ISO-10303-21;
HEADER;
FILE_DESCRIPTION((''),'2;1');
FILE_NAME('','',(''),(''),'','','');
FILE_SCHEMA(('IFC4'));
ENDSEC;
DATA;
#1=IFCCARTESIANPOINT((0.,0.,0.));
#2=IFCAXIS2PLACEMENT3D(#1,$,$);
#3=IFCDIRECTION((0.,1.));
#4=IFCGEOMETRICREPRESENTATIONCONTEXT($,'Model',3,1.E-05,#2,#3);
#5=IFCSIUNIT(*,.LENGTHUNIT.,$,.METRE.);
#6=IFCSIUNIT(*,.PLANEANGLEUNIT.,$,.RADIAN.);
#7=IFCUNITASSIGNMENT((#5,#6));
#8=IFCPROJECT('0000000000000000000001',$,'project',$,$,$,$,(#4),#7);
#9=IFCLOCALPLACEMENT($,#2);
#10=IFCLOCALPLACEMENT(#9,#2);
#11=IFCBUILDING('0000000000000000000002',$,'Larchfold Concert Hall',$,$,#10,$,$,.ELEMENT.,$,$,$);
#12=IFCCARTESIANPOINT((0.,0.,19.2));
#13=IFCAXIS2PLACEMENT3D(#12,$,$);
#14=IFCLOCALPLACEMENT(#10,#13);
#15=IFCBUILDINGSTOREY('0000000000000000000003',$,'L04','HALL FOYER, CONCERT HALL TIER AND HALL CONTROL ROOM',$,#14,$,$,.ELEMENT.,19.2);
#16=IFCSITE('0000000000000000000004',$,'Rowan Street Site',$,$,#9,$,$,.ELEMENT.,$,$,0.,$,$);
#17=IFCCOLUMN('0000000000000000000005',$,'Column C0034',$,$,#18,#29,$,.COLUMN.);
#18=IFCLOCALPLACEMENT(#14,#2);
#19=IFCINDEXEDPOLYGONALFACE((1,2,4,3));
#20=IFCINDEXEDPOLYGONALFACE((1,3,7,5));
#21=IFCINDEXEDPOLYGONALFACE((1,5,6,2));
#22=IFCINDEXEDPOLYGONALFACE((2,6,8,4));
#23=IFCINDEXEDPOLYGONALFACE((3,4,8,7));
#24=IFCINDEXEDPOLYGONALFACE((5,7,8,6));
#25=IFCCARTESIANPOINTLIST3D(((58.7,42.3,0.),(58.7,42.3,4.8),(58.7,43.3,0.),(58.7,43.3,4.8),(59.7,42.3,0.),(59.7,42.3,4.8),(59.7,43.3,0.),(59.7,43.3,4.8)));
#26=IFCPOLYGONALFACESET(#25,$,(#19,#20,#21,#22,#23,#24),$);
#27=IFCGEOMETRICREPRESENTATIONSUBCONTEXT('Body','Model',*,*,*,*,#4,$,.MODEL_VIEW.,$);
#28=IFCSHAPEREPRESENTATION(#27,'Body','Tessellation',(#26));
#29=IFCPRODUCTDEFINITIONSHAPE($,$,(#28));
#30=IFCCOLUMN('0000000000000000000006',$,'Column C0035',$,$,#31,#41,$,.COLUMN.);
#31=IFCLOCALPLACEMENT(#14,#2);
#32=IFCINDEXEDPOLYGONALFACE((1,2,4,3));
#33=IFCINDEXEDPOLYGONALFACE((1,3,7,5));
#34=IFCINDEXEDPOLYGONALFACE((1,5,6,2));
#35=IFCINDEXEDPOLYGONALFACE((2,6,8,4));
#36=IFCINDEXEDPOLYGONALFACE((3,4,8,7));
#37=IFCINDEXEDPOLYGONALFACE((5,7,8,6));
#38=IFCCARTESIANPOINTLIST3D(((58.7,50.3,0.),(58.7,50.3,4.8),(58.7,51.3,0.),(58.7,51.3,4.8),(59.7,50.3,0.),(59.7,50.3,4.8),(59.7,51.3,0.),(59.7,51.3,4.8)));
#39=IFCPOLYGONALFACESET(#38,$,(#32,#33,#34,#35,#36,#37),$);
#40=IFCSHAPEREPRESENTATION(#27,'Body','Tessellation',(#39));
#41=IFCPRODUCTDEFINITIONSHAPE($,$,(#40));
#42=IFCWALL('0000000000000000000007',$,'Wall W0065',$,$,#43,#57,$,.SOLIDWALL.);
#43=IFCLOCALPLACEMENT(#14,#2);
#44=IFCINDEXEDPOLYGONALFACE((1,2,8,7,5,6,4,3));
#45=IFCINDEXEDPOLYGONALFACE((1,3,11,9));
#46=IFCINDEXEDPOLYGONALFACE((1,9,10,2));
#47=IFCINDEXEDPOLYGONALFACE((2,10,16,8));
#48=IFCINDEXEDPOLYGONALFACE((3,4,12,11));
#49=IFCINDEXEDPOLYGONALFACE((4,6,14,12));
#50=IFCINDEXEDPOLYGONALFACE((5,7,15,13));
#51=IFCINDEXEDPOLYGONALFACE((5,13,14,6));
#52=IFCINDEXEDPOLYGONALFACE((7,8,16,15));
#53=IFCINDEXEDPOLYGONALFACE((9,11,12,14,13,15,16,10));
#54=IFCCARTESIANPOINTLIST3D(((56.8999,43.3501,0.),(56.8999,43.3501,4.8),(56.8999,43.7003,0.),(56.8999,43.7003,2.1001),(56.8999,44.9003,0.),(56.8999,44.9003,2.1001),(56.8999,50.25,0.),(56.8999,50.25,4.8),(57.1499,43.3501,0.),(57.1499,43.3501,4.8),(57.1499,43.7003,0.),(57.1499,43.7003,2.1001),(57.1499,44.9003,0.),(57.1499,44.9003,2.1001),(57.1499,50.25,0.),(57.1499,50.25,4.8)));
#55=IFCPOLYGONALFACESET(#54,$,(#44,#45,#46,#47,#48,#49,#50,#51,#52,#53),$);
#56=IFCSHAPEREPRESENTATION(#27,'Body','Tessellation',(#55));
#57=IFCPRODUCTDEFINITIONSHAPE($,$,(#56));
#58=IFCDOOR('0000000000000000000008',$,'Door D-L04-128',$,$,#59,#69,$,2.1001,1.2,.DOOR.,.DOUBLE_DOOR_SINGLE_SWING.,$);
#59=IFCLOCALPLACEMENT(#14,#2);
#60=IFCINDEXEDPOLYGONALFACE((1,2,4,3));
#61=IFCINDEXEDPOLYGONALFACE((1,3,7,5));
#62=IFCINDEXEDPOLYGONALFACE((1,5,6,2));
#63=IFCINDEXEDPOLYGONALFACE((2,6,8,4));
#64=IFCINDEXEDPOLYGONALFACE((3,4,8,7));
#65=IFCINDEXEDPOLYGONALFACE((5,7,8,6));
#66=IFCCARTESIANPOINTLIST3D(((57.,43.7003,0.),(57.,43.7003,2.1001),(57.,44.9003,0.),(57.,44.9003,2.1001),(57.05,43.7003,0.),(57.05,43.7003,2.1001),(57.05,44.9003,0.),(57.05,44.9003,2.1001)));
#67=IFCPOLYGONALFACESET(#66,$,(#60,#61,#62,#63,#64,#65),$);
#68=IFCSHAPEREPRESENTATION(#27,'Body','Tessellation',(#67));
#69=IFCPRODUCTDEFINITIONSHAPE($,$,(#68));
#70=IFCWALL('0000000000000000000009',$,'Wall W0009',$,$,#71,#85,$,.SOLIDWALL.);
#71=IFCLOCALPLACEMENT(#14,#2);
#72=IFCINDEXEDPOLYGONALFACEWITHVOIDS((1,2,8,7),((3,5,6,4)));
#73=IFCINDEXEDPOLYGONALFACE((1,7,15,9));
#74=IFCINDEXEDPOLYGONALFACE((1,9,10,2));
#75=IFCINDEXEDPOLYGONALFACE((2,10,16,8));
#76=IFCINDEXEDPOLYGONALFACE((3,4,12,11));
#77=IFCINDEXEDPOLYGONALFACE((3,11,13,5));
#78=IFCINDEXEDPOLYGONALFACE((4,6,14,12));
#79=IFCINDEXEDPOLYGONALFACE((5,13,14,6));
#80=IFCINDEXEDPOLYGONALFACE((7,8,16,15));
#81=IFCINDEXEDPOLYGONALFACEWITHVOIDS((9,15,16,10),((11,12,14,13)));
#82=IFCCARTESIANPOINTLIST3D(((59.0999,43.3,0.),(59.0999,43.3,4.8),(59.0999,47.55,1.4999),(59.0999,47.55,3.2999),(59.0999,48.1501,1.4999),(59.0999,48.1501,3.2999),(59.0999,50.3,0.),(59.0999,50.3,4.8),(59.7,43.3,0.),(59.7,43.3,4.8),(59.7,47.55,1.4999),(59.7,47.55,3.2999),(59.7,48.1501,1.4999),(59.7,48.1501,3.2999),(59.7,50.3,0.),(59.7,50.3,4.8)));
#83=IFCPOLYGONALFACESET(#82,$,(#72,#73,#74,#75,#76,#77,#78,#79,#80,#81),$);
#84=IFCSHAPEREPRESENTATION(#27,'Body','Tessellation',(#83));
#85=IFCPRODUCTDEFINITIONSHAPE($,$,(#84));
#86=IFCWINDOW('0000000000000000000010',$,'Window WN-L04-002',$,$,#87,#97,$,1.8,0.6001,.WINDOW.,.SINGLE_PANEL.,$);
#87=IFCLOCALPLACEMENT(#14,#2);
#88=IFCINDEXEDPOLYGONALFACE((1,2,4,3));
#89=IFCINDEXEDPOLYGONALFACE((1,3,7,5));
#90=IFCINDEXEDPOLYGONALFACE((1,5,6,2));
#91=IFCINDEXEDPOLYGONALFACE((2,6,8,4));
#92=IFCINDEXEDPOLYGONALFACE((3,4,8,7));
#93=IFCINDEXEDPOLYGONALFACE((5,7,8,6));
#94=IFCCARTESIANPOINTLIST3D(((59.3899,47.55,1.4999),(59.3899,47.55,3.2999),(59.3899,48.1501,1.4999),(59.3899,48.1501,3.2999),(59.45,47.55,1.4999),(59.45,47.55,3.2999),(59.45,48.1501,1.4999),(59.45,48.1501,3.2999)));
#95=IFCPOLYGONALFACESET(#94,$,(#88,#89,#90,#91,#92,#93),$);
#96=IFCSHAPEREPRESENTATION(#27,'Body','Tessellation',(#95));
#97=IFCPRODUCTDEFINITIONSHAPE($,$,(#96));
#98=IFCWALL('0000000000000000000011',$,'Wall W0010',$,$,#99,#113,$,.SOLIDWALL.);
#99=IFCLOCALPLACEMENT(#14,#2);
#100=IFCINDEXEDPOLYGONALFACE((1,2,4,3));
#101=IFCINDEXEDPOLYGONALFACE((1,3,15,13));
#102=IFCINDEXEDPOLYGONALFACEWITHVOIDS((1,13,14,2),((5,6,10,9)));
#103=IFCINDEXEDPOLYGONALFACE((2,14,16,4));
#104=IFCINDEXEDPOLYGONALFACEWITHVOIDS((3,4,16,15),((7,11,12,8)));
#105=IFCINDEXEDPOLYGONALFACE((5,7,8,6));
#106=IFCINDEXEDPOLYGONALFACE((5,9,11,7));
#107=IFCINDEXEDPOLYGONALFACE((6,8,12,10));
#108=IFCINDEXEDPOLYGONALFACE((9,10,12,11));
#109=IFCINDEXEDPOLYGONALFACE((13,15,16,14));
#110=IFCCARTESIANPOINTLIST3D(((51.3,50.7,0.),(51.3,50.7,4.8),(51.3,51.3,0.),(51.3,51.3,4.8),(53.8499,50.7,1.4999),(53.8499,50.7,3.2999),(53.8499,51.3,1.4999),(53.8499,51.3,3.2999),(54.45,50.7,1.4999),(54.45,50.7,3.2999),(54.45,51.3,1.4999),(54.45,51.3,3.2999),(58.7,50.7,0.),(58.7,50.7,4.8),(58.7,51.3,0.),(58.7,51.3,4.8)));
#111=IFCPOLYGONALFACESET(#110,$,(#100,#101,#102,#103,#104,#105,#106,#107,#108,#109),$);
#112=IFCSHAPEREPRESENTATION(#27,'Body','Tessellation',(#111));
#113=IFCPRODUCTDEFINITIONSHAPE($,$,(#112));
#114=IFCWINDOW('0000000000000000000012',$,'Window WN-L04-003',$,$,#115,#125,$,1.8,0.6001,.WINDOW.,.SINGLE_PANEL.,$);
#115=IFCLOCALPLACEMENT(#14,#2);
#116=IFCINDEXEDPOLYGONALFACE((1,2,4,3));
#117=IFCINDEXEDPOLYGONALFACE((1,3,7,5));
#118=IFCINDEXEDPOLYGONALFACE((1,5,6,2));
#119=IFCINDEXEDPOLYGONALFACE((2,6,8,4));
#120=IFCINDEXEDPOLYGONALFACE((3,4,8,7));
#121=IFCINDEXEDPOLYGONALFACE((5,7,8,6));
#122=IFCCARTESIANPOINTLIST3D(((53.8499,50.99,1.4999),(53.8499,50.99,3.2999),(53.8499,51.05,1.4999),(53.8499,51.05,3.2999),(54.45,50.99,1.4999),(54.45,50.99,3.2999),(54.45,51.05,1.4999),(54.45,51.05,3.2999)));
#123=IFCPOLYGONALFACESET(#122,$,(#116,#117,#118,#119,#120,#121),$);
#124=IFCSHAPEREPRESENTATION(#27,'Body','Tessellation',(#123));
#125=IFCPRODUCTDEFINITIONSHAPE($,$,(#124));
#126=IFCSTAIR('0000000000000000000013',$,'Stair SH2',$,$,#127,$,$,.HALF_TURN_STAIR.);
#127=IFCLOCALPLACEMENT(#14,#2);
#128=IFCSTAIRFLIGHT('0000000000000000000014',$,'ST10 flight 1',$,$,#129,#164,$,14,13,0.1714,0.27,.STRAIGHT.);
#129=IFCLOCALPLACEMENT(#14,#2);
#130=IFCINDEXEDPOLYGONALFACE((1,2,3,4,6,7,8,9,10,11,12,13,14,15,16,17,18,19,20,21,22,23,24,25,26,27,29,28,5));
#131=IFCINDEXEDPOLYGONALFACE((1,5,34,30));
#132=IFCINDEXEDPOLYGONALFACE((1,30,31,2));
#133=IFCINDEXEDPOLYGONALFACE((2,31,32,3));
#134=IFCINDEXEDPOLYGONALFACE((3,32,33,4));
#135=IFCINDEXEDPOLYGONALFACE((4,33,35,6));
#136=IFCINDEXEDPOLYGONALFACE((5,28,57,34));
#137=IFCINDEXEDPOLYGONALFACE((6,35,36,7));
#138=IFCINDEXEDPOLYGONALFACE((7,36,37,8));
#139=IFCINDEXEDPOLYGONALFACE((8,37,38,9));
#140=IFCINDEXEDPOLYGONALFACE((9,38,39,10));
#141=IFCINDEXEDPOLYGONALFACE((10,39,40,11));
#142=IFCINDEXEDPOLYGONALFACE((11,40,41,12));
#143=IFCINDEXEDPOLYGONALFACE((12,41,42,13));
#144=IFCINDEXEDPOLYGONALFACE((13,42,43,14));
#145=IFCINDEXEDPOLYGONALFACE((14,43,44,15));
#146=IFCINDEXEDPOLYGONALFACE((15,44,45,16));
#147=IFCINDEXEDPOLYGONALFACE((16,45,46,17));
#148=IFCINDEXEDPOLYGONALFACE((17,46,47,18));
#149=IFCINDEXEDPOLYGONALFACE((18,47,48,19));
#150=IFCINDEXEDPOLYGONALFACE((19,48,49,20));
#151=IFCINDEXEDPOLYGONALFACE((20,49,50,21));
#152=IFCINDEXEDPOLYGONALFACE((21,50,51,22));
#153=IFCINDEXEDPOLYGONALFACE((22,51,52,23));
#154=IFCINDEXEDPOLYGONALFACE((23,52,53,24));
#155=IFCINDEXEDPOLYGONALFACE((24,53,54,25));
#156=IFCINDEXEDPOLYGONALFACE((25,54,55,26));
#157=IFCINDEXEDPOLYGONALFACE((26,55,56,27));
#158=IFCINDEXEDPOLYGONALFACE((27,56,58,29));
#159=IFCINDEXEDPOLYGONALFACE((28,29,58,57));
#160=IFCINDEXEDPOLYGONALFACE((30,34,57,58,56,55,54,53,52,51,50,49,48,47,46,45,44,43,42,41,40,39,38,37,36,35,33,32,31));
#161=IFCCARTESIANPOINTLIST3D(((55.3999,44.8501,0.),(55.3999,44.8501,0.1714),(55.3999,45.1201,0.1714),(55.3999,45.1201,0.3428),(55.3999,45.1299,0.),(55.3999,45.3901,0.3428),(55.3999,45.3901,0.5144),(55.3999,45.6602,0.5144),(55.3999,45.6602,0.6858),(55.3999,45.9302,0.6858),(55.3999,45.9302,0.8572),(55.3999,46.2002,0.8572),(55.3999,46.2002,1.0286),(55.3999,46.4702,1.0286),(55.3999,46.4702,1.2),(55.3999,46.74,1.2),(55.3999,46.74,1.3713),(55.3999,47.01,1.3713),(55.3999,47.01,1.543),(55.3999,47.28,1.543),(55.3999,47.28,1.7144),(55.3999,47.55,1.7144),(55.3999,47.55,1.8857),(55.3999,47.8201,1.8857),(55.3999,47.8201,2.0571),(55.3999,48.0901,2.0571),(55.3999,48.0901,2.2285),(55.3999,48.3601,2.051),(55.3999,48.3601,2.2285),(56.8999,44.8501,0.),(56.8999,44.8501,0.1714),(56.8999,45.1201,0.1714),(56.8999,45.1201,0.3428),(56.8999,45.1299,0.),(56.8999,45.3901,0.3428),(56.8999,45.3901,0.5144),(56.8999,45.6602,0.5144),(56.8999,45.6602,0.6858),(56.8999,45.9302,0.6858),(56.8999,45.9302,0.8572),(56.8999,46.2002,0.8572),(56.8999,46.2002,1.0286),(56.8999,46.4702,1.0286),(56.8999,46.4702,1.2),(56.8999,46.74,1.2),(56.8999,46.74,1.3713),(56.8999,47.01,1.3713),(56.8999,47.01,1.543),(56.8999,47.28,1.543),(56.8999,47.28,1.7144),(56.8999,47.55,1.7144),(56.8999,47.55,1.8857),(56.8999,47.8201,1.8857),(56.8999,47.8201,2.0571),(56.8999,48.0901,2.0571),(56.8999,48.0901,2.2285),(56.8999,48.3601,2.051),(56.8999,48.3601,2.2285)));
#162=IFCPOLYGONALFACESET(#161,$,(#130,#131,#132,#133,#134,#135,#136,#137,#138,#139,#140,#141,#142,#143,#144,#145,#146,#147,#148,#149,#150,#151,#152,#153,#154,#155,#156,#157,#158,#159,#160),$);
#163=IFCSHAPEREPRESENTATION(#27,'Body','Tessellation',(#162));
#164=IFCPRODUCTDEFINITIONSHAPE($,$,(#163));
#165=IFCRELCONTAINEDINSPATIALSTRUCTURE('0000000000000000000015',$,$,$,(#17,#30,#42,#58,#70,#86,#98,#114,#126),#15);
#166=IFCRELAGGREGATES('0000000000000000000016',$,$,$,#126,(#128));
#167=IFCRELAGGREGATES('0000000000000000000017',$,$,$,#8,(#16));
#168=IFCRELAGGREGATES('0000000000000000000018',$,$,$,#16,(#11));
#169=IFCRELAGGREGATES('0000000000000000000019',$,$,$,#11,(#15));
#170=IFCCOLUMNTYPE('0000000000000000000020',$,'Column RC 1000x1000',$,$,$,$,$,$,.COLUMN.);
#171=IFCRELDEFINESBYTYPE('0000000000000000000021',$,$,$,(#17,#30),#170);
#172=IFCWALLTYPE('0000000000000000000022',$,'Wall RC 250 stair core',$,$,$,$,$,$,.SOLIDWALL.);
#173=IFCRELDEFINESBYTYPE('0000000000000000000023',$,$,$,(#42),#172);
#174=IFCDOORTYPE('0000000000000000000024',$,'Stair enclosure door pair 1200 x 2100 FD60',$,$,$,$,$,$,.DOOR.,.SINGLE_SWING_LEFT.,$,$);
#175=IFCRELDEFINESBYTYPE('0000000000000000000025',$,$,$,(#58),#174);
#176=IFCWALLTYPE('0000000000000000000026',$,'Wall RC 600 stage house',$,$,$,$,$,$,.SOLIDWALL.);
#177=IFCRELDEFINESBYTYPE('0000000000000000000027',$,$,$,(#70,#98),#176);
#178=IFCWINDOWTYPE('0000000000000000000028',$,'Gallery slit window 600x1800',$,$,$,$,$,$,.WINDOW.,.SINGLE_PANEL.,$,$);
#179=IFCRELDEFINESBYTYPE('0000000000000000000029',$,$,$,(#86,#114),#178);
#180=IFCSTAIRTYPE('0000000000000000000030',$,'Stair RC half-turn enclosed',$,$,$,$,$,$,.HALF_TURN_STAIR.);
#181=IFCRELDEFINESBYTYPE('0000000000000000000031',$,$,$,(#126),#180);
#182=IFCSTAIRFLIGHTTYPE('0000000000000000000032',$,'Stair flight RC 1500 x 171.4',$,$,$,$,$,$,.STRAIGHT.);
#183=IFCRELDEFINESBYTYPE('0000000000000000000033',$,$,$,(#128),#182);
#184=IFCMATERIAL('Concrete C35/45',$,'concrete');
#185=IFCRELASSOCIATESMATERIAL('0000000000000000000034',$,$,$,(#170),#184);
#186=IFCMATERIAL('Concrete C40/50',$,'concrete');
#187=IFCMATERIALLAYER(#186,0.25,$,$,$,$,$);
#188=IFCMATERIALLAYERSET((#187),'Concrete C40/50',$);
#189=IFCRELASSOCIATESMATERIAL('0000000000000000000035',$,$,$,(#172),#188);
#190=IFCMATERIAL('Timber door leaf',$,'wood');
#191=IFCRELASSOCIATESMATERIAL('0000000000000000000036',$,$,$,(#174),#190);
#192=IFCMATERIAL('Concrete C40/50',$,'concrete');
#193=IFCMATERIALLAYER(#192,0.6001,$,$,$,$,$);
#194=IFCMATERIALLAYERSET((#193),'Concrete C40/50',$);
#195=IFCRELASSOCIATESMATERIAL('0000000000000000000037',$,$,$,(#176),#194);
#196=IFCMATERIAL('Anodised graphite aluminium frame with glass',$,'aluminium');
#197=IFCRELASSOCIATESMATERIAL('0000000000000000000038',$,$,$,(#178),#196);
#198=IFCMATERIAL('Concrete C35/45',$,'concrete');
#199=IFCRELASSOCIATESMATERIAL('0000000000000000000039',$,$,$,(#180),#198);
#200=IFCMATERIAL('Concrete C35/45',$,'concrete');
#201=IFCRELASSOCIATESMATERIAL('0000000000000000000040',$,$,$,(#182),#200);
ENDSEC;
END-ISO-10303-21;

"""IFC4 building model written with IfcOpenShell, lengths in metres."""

from ifc_helpers import new_model, si_unit, direction, frame, frame_2d, origin, origin_2d, place, context, subcontext, project, spatial, polyline, rectangle, outline, extrude, material, layer, layer_set, material_profile, profile_set, type_object, element, fill, aggregate, save


model = new_model("IFC4")

# Units and contexts
model_context = context("Model", 3, precision=1e-05, world=origin(), true_north=direction((0.0, 1.0)))
body_context = subcontext(model_context, "Body", "Model", "MODEL_VIEW")
ifc_project = project(units=[si_unit("LENGTHUNIT", "METRE"), si_unit("PLANEANGLEUNIT", "RADIAN")], contexts=[model_context])

# Site, building, storey
site_placement = place(None, origin())
site = spatial("IfcSite", under=ifc_project, at=site_placement, Name="Rowan Street Site", CompositionType="ELEMENT", RefElevation=0.0)
building_placement = place(site_placement, origin())
building = spatial("IfcBuilding", under=site, at=building_placement, Name="Larchfold Concert Hall", CompositionType="ELEMENT")
storey_placement = place(building_placement, frame((0.0, 0.0, 19.2)))
storey = spatial("IfcBuildingStorey", under=building, at=storey_placement, Name="L04", Description="HALL FOYER, CONCERT HALL TIER AND HALL CONTROL ROOM", CompositionType="ELEMENT", Elevation=19.2)

# Columns
ifc_material_1 = material(Name="Concrete C35/45", Category="concrete")
ifc_material_profile = material_profile(ifc_material_1, rectangle(XDim=1.0, YDim=1.0, at=origin_2d()))
ifc_profile_set = profile_set([ifc_material_profile], Name="Concrete C35/45")
column_type = type_object("IfcColumnType", Name="Column RC 1000x1000", PredefinedType="COLUMN", material=ifc_profile_set)
for number, where, z_axis, x_axis, name in (
    (1, (59.2, 42.8, 0.0), (0.0, 0.0, 1.0), (1.0, 0.0, 0.0), "Column C0034"),
    (2, (59.2, 50.8, 0.0), (0.0, 0.0, 1.0), (1.0, 0.0, 0.0), "Column C0035"),
):
    element("IfcColumn", number, at=place(storey_placement, frame(where, z_axis=z_axis, x_axis=x_axis)), inside=storey, type_object=column_type, Name=name, PredefinedType="COLUMN", context=body_context, shape_type="SweptSolid", body=[
        extrude(rectangle(XDim=1.0, YDim=1.0, at=origin_2d()), origin(), (0.0, 0.0, 1.0), 4.8),
    ])

# Wall, opening, door
ifc_material_2 = material(Name="Concrete C40/50", Category="concrete")
ifc_layer_1 = layer(ifc_material_2, 0.25)
ifc_layer_set_1 = layer_set([ifc_layer_1], Name="Concrete C40/50")
wall_type_1 = type_object("IfcWallType", Name="Wall RC 250 stair core", PredefinedType="SOLIDWALL", material=ifc_layer_set_1)
wall_1_placement = place(storey_placement, frame((57.0249, 43.3501, 0.0), z_axis=(0.0, 0.0, 1.0), x_axis=(0.0, 1.0, 0.0)))
wall_1 = element("IfcWall", 3, at=wall_1_placement, inside=storey, type_object=wall_type_1, Name="Wall W0065", PredefinedType="SOLIDWALL", context=body_context, shape_type="SweptSolid", body=[
    extrude(rectangle(XDim=6.8999, YDim=0.25, at=frame_2d((3.45, 0.0))), origin(), (0.0, 0.0, 1.0), 4.8),
])
opening_1_placement = place(wall_1_placement, frame((0.3501, 0.0, 0.0)))
opening_1 = element("IfcOpeningElement", 4, at=opening_1_placement, cuts=wall_1, PredefinedType="OPENING", context=body_context, shape_type="SweptSolid", body=[
    extrude(rectangle(XDim=1.2, YDim=2.1001, at=frame_2d((0.6001, 1.05))), frame((0.0, 0.135, 0.0), z_axis=(0.0, -1.0, 0.0), x_axis=(1.0, 0.0, 0.0)), (0.0, 0.0, 1.0), 0.27),
])
ifc_material_3 = material(Name="Timber door leaf", Category="wood")
door_type = type_object("IfcDoorType", Name="Stair enclosure door pair 1200 x 2100 FD60", OperationType="SINGLE_SWING_LEFT", PredefinedType="DOOR", material=ifc_material_3)
door_placement = place(opening_1_placement, origin())
door = element("IfcDoor", 5, at=door_placement, inside=storey, type_object=door_type, Name="Door D-L04-128", OperationType="DOUBLE_DOOR_SINGLE_SWING", OverallHeight=2.1001, OverallWidth=1.2, PredefinedType="DOOR", context=body_context, shape_type="SweptSolid", body=[
    extrude(rectangle(XDim=1.2, YDim=2.1001, at=frame_2d((0.6001, 1.05))), frame((0.0, 0.0249, 0.0), z_axis=(0.0, -1.0, 0.0), x_axis=(1.0, 0.0, 0.0)), (0.0, 0.0, 1.0), 0.05),
])
fill(opening_1, door)

# Walls, openings, windows
ifc_material_4 = material(Name="Concrete C40/50", Category="concrete")
ifc_layer_2 = layer(ifc_material_4, 0.6001)
ifc_layer_set_2 = layer_set([ifc_layer_2], Name="Concrete C40/50")
wall_type_2 = type_object("IfcWallType", Name="Wall RC 600 stage house", PredefinedType="SOLIDWALL", material=ifc_layer_set_2)
wall_2_placement = place(storey_placement, frame((59.3999, 43.3, 0.0), z_axis=(0.0, 0.0, 1.0), x_axis=(0.0, 1.0, 0.0)))
wall_2 = element("IfcWall", 6, at=wall_2_placement, inside=storey, type_object=wall_type_2, Name="Wall W0009", PredefinedType="SOLIDWALL", context=body_context, shape_type="SweptSolid", body=[
    extrude(rectangle(XDim=7.0, YDim=0.6001, at=frame_2d((3.5, 0.0))), origin(), (0.0, 0.0, 1.0), 4.8),
])
opening_2_placement = place(wall_2_placement, frame((4.25, 0.0, 1.5)))
opening_2 = element("IfcOpeningElement", 7, at=opening_2_placement, cuts=wall_2, PredefinedType="OPENING", context=body_context, shape_type="SweptSolid", body=[
    extrude(rectangle(XDim=0.6001, YDim=1.8, at=frame_2d((0.3, 0.8999))), frame((0.0, 0.3101, 0.0), z_axis=(0.0, -1.0, 0.0), x_axis=(1.0, 0.0, 0.0)), (0.0, 0.0, 1.0), 0.6201),
])
ifc_material_5 = material(Name="Anodised graphite aluminium frame with glass", Category="aluminium")
window_type = type_object("IfcWindowType", Name="Gallery slit window 600x1800", PartitioningType="SINGLE_PANEL", PredefinedType="WINDOW", material=ifc_material_5)
window_1_placement = place(opening_2_placement, origin())
window_1 = element("IfcWindow", 8, at=window_1_placement, inside=storey, type_object=window_type, Name="Window WN-L04-002", OverallHeight=1.8, OverallWidth=0.6001, PartitioningType="SINGLE_PANEL", PredefinedType="WINDOW", context=body_context, shape_type="SweptSolid", body=[
    extrude(rectangle(XDim=0.6001, YDim=1.8, at=frame_2d((0.3, 0.8999))), frame((0.0, 0.01, 0.0), z_axis=(0.0, -1.0, 0.0), x_axis=(1.0, 0.0, 0.0)), (0.0, 0.0, 1.0), 0.0601),
])
fill(opening_2, window_1)
wall_3_placement = place(storey_placement, frame((58.7, 51.0, 0.0), z_axis=(0.0, 0.0, 1.0), x_axis=(-1.0, 0.0, 0.0)))
wall_3 = element("IfcWall", 9, at=wall_3_placement, inside=storey, type_object=wall_type_2, Name="Wall W0010", PredefinedType="SOLIDWALL", context=body_context, shape_type="SweptSolid", body=[
    extrude(rectangle(XDim=7.3999, YDim=0.6001, at=frame_2d((3.7, 0.0))), origin(), (0.0, 0.0, 1.0), 4.8),
])
opening_3_placement = place(wall_3_placement, frame((4.25, 0.0, 1.5)))
opening_3 = element("IfcOpeningElement", 10, at=opening_3_placement, cuts=wall_3, PredefinedType="OPENING", context=body_context, shape_type="SweptSolid", body=[
    extrude(rectangle(XDim=0.6001, YDim=1.8, at=frame_2d((0.3, 0.8999))), frame((0.0, 0.3101, 0.0), z_axis=(0.0, -1.0, 0.0), x_axis=(1.0, 0.0, 0.0)), (0.0, 0.0, 1.0), 0.6201),
])
window_2_placement = place(opening_3_placement, origin())
window_2 = element("IfcWindow", 11, at=window_2_placement, inside=storey, type_object=window_type, Name="Window WN-L04-003", OverallHeight=1.8, OverallWidth=0.6001, PartitioningType="SINGLE_PANEL", PredefinedType="WINDOW", context=body_context, shape_type="SweptSolid", body=[
    extrude(rectangle(XDim=0.6001, YDim=1.8, at=frame_2d((0.3, 0.8999))), frame((0.0, 0.01, 0.0), z_axis=(0.0, -1.0, 0.0), x_axis=(1.0, 0.0, 0.0)), (0.0, 0.0, 1.0), 0.0601),
])
fill(opening_3, window_2)

# Stair, stair flight
ifc_material_6 = material(Name="Concrete C35/45", Category="concrete")
stair_type = type_object("IfcStairType", Name="Stair RC half-turn enclosed", PredefinedType="HALF_TURN_STAIR", material=ifc_material_6)
stair_placement = place(storey_placement, origin())
stair = element("IfcStair", 12, at=stair_placement, inside=storey, type_object=stair_type, Name="Stair SH2", PredefinedType="HALF_TURN_STAIR")
ifc_material_7 = material(Name="Concrete C35/45", Category="concrete")
stair_flight_type = type_object("IfcStairFlightType", Name="Stair flight RC 1500 x 171.4", PredefinedType="STRAIGHT", material=ifc_material_7)
stair_flight_placement = place(storey_placement, frame((56.1499, 44.8501, 0.0), z_axis=(0.0, 0.0, 1.0), x_axis=(0.0, 1.0, 0.0)))
stair_flight = element("IfcStairFlight", 13, at=stair_flight_placement, type_object=stair_flight_type, Name="ST10 flight 1", NumberOfRisers=14, NumberOfTreads=13, PredefinedType="STRAIGHT", RiserHeight=0.1714, TreadLength=0.27, context=body_context, shape_type="SweptSolid", body=[
    extrude(outline(polyline([(0.0, 0.0), (0.0, 0.1714), (0.27, 0.1714), (0.27, 0.3428), (0.54, 0.3428), (0.54, 0.5144), (0.8101, 0.5144), (0.8101, 0.6858), (1.0801, 0.6858), (1.0801, 0.8572), (1.3501, 0.8572), (1.3501, 1.0286), (1.6201, 1.0286), (1.6201, 1.2), (1.8899, 1.2), (1.8899, 1.3713), (2.1599, 1.3713), (2.1599, 1.543), (2.4299, 1.543), (2.4299, 1.7144), (2.7, 1.7144), (2.7, 1.8857), (2.97, 1.8857), (2.97, 2.0571), (3.24, 2.0571), (3.24, 2.2285), (3.51, 2.2285), (3.51, 2.3999), (3.51, 2.051), (0.2798, 0.0), (0.0, 0.0)])), frame((0.0, 0.75, 0.0), z_axis=(0.0, -1.0, 0.0), x_axis=(1.0, 0.0, 0.0)), (0.0, 0.0, 1.0), 1.5),
])
aggregate(stair, [stair_flight])

save(model, "model.ifc")
